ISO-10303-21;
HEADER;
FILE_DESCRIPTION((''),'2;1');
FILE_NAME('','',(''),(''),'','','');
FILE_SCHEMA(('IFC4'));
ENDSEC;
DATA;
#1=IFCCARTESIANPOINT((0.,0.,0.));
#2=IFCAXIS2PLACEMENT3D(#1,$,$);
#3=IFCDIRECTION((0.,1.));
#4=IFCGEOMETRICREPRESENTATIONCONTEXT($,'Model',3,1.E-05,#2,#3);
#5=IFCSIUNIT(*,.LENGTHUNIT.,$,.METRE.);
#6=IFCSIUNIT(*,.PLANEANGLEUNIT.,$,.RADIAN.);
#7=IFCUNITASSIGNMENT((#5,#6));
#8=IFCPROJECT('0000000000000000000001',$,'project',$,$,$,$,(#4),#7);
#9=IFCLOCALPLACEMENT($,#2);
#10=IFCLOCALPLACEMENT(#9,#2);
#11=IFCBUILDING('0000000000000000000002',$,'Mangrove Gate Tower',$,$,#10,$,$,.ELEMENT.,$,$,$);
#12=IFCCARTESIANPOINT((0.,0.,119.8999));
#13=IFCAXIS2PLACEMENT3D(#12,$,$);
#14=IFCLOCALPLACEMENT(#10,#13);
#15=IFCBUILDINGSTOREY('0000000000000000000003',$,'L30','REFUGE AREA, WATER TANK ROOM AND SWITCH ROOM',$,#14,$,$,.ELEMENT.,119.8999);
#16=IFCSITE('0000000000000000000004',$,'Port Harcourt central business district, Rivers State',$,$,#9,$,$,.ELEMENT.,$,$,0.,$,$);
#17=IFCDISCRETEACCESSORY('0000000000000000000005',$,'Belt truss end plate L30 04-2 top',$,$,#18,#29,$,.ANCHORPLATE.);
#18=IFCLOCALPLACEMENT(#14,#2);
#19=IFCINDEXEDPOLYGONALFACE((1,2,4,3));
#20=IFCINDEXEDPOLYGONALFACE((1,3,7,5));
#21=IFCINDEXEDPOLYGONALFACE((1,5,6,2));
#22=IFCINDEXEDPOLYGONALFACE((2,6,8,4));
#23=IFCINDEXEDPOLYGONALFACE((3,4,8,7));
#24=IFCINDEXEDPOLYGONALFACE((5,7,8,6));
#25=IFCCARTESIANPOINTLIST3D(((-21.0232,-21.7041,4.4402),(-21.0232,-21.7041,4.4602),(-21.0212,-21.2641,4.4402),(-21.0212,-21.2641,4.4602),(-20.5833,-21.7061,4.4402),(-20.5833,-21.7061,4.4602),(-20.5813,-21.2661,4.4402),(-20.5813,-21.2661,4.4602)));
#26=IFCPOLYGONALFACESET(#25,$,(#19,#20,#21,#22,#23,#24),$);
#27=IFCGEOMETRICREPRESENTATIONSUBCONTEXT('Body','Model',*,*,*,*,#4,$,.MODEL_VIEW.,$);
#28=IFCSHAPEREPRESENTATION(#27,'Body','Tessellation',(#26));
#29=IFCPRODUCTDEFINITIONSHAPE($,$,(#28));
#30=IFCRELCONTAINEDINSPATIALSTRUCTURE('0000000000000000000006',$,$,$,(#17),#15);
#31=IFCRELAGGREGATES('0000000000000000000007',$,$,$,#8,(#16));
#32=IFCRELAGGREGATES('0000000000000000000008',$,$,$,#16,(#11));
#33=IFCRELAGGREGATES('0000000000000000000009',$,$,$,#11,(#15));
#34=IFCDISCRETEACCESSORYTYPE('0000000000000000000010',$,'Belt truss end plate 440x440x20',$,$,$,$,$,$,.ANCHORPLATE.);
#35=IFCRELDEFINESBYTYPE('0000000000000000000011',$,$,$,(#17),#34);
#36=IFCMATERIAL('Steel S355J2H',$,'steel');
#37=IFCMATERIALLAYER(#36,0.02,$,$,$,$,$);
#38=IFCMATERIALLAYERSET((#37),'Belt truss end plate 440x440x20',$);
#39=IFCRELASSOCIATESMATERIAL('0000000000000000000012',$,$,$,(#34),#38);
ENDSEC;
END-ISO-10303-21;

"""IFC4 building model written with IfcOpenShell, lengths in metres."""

from ifc_helpers import new_model, si_unit, direction, frame, origin, origin_2d, place, context, subcontext, project, spatial, rectangle, extrude, material, layer, layer_set, type_object, element, save


model = new_model("IFC4")

# Units and contexts
model_context = context("Model", 3, precision=1e-05, world=origin(), true_north=direction((0.0, 1.0)))
body_context = subcontext(model_context, "Body", "Model", "MODEL_VIEW")
ifc_project = project(units=[si_unit("LENGTHUNIT", "METRE"), si_unit("PLANEANGLEUNIT", "RADIAN")], contexts=[model_context])

# Site, building, storey
site_placement = place(None, origin())
site = spatial("IfcSite", under=ifc_project, at=site_placement, Name="Port Harcourt central business district, Rivers State", CompositionType="ELEMENT", RefElevation=0.0)
building_placement = place(site_placement, origin())
building = spatial("IfcBuilding", under=site, at=building_placement, Name="Mangrove Gate Tower", CompositionType="ELEMENT")
storey_placement = place(building_placement, frame((0.0, 0.0, 119.8999)))
storey = spatial("IfcBuildingStorey", under=building, at=storey_placement, Name="L30", Description="REFUGE AREA, WATER TANK ROOM AND SWITCH ROOM", CompositionType="ELEMENT", Elevation=119.8999)

# Discrete accessory
ifc_material_1 = material(Name="Steel S355J2H", Category="steel")
ifc_layer_1 = layer(ifc_material_1, 0.02)
ifc_layer_set_1 = layer_set([ifc_layer_1], Name="Belt truss end plate 440x440x20")
discrete_accessory_type = type_object("IfcDiscreteAccessoryType", Name="Belt truss end plate 440x440x20", PredefinedType="ANCHORPLATE", material=ifc_layer_set_1)
for number, where, z_axis, x_axis, name in (
    (1, (-20.8022, -21.4851, 4.4402), (0.0, 0.0, 1.0), (0.99999, -0.004581, 0.0), "Belt truss end plate L30 04-2 top"),
):
    element("IfcDiscreteAccessory", number, at=place(storey_placement, frame(where, z_axis=z_axis, x_axis=x_axis)), inside=storey, type_object=discrete_accessory_type, Name=name, PredefinedType="ANCHORPLATE", context=body_context, shape_type="SweptSolid", body=[
        extrude(rectangle(XDim=0.4399, YDim=0.4399, at=origin_2d()), origin(), (0.0, 0.0, 1.0), 0.02),
    ])

save(model, "model.ifc")
